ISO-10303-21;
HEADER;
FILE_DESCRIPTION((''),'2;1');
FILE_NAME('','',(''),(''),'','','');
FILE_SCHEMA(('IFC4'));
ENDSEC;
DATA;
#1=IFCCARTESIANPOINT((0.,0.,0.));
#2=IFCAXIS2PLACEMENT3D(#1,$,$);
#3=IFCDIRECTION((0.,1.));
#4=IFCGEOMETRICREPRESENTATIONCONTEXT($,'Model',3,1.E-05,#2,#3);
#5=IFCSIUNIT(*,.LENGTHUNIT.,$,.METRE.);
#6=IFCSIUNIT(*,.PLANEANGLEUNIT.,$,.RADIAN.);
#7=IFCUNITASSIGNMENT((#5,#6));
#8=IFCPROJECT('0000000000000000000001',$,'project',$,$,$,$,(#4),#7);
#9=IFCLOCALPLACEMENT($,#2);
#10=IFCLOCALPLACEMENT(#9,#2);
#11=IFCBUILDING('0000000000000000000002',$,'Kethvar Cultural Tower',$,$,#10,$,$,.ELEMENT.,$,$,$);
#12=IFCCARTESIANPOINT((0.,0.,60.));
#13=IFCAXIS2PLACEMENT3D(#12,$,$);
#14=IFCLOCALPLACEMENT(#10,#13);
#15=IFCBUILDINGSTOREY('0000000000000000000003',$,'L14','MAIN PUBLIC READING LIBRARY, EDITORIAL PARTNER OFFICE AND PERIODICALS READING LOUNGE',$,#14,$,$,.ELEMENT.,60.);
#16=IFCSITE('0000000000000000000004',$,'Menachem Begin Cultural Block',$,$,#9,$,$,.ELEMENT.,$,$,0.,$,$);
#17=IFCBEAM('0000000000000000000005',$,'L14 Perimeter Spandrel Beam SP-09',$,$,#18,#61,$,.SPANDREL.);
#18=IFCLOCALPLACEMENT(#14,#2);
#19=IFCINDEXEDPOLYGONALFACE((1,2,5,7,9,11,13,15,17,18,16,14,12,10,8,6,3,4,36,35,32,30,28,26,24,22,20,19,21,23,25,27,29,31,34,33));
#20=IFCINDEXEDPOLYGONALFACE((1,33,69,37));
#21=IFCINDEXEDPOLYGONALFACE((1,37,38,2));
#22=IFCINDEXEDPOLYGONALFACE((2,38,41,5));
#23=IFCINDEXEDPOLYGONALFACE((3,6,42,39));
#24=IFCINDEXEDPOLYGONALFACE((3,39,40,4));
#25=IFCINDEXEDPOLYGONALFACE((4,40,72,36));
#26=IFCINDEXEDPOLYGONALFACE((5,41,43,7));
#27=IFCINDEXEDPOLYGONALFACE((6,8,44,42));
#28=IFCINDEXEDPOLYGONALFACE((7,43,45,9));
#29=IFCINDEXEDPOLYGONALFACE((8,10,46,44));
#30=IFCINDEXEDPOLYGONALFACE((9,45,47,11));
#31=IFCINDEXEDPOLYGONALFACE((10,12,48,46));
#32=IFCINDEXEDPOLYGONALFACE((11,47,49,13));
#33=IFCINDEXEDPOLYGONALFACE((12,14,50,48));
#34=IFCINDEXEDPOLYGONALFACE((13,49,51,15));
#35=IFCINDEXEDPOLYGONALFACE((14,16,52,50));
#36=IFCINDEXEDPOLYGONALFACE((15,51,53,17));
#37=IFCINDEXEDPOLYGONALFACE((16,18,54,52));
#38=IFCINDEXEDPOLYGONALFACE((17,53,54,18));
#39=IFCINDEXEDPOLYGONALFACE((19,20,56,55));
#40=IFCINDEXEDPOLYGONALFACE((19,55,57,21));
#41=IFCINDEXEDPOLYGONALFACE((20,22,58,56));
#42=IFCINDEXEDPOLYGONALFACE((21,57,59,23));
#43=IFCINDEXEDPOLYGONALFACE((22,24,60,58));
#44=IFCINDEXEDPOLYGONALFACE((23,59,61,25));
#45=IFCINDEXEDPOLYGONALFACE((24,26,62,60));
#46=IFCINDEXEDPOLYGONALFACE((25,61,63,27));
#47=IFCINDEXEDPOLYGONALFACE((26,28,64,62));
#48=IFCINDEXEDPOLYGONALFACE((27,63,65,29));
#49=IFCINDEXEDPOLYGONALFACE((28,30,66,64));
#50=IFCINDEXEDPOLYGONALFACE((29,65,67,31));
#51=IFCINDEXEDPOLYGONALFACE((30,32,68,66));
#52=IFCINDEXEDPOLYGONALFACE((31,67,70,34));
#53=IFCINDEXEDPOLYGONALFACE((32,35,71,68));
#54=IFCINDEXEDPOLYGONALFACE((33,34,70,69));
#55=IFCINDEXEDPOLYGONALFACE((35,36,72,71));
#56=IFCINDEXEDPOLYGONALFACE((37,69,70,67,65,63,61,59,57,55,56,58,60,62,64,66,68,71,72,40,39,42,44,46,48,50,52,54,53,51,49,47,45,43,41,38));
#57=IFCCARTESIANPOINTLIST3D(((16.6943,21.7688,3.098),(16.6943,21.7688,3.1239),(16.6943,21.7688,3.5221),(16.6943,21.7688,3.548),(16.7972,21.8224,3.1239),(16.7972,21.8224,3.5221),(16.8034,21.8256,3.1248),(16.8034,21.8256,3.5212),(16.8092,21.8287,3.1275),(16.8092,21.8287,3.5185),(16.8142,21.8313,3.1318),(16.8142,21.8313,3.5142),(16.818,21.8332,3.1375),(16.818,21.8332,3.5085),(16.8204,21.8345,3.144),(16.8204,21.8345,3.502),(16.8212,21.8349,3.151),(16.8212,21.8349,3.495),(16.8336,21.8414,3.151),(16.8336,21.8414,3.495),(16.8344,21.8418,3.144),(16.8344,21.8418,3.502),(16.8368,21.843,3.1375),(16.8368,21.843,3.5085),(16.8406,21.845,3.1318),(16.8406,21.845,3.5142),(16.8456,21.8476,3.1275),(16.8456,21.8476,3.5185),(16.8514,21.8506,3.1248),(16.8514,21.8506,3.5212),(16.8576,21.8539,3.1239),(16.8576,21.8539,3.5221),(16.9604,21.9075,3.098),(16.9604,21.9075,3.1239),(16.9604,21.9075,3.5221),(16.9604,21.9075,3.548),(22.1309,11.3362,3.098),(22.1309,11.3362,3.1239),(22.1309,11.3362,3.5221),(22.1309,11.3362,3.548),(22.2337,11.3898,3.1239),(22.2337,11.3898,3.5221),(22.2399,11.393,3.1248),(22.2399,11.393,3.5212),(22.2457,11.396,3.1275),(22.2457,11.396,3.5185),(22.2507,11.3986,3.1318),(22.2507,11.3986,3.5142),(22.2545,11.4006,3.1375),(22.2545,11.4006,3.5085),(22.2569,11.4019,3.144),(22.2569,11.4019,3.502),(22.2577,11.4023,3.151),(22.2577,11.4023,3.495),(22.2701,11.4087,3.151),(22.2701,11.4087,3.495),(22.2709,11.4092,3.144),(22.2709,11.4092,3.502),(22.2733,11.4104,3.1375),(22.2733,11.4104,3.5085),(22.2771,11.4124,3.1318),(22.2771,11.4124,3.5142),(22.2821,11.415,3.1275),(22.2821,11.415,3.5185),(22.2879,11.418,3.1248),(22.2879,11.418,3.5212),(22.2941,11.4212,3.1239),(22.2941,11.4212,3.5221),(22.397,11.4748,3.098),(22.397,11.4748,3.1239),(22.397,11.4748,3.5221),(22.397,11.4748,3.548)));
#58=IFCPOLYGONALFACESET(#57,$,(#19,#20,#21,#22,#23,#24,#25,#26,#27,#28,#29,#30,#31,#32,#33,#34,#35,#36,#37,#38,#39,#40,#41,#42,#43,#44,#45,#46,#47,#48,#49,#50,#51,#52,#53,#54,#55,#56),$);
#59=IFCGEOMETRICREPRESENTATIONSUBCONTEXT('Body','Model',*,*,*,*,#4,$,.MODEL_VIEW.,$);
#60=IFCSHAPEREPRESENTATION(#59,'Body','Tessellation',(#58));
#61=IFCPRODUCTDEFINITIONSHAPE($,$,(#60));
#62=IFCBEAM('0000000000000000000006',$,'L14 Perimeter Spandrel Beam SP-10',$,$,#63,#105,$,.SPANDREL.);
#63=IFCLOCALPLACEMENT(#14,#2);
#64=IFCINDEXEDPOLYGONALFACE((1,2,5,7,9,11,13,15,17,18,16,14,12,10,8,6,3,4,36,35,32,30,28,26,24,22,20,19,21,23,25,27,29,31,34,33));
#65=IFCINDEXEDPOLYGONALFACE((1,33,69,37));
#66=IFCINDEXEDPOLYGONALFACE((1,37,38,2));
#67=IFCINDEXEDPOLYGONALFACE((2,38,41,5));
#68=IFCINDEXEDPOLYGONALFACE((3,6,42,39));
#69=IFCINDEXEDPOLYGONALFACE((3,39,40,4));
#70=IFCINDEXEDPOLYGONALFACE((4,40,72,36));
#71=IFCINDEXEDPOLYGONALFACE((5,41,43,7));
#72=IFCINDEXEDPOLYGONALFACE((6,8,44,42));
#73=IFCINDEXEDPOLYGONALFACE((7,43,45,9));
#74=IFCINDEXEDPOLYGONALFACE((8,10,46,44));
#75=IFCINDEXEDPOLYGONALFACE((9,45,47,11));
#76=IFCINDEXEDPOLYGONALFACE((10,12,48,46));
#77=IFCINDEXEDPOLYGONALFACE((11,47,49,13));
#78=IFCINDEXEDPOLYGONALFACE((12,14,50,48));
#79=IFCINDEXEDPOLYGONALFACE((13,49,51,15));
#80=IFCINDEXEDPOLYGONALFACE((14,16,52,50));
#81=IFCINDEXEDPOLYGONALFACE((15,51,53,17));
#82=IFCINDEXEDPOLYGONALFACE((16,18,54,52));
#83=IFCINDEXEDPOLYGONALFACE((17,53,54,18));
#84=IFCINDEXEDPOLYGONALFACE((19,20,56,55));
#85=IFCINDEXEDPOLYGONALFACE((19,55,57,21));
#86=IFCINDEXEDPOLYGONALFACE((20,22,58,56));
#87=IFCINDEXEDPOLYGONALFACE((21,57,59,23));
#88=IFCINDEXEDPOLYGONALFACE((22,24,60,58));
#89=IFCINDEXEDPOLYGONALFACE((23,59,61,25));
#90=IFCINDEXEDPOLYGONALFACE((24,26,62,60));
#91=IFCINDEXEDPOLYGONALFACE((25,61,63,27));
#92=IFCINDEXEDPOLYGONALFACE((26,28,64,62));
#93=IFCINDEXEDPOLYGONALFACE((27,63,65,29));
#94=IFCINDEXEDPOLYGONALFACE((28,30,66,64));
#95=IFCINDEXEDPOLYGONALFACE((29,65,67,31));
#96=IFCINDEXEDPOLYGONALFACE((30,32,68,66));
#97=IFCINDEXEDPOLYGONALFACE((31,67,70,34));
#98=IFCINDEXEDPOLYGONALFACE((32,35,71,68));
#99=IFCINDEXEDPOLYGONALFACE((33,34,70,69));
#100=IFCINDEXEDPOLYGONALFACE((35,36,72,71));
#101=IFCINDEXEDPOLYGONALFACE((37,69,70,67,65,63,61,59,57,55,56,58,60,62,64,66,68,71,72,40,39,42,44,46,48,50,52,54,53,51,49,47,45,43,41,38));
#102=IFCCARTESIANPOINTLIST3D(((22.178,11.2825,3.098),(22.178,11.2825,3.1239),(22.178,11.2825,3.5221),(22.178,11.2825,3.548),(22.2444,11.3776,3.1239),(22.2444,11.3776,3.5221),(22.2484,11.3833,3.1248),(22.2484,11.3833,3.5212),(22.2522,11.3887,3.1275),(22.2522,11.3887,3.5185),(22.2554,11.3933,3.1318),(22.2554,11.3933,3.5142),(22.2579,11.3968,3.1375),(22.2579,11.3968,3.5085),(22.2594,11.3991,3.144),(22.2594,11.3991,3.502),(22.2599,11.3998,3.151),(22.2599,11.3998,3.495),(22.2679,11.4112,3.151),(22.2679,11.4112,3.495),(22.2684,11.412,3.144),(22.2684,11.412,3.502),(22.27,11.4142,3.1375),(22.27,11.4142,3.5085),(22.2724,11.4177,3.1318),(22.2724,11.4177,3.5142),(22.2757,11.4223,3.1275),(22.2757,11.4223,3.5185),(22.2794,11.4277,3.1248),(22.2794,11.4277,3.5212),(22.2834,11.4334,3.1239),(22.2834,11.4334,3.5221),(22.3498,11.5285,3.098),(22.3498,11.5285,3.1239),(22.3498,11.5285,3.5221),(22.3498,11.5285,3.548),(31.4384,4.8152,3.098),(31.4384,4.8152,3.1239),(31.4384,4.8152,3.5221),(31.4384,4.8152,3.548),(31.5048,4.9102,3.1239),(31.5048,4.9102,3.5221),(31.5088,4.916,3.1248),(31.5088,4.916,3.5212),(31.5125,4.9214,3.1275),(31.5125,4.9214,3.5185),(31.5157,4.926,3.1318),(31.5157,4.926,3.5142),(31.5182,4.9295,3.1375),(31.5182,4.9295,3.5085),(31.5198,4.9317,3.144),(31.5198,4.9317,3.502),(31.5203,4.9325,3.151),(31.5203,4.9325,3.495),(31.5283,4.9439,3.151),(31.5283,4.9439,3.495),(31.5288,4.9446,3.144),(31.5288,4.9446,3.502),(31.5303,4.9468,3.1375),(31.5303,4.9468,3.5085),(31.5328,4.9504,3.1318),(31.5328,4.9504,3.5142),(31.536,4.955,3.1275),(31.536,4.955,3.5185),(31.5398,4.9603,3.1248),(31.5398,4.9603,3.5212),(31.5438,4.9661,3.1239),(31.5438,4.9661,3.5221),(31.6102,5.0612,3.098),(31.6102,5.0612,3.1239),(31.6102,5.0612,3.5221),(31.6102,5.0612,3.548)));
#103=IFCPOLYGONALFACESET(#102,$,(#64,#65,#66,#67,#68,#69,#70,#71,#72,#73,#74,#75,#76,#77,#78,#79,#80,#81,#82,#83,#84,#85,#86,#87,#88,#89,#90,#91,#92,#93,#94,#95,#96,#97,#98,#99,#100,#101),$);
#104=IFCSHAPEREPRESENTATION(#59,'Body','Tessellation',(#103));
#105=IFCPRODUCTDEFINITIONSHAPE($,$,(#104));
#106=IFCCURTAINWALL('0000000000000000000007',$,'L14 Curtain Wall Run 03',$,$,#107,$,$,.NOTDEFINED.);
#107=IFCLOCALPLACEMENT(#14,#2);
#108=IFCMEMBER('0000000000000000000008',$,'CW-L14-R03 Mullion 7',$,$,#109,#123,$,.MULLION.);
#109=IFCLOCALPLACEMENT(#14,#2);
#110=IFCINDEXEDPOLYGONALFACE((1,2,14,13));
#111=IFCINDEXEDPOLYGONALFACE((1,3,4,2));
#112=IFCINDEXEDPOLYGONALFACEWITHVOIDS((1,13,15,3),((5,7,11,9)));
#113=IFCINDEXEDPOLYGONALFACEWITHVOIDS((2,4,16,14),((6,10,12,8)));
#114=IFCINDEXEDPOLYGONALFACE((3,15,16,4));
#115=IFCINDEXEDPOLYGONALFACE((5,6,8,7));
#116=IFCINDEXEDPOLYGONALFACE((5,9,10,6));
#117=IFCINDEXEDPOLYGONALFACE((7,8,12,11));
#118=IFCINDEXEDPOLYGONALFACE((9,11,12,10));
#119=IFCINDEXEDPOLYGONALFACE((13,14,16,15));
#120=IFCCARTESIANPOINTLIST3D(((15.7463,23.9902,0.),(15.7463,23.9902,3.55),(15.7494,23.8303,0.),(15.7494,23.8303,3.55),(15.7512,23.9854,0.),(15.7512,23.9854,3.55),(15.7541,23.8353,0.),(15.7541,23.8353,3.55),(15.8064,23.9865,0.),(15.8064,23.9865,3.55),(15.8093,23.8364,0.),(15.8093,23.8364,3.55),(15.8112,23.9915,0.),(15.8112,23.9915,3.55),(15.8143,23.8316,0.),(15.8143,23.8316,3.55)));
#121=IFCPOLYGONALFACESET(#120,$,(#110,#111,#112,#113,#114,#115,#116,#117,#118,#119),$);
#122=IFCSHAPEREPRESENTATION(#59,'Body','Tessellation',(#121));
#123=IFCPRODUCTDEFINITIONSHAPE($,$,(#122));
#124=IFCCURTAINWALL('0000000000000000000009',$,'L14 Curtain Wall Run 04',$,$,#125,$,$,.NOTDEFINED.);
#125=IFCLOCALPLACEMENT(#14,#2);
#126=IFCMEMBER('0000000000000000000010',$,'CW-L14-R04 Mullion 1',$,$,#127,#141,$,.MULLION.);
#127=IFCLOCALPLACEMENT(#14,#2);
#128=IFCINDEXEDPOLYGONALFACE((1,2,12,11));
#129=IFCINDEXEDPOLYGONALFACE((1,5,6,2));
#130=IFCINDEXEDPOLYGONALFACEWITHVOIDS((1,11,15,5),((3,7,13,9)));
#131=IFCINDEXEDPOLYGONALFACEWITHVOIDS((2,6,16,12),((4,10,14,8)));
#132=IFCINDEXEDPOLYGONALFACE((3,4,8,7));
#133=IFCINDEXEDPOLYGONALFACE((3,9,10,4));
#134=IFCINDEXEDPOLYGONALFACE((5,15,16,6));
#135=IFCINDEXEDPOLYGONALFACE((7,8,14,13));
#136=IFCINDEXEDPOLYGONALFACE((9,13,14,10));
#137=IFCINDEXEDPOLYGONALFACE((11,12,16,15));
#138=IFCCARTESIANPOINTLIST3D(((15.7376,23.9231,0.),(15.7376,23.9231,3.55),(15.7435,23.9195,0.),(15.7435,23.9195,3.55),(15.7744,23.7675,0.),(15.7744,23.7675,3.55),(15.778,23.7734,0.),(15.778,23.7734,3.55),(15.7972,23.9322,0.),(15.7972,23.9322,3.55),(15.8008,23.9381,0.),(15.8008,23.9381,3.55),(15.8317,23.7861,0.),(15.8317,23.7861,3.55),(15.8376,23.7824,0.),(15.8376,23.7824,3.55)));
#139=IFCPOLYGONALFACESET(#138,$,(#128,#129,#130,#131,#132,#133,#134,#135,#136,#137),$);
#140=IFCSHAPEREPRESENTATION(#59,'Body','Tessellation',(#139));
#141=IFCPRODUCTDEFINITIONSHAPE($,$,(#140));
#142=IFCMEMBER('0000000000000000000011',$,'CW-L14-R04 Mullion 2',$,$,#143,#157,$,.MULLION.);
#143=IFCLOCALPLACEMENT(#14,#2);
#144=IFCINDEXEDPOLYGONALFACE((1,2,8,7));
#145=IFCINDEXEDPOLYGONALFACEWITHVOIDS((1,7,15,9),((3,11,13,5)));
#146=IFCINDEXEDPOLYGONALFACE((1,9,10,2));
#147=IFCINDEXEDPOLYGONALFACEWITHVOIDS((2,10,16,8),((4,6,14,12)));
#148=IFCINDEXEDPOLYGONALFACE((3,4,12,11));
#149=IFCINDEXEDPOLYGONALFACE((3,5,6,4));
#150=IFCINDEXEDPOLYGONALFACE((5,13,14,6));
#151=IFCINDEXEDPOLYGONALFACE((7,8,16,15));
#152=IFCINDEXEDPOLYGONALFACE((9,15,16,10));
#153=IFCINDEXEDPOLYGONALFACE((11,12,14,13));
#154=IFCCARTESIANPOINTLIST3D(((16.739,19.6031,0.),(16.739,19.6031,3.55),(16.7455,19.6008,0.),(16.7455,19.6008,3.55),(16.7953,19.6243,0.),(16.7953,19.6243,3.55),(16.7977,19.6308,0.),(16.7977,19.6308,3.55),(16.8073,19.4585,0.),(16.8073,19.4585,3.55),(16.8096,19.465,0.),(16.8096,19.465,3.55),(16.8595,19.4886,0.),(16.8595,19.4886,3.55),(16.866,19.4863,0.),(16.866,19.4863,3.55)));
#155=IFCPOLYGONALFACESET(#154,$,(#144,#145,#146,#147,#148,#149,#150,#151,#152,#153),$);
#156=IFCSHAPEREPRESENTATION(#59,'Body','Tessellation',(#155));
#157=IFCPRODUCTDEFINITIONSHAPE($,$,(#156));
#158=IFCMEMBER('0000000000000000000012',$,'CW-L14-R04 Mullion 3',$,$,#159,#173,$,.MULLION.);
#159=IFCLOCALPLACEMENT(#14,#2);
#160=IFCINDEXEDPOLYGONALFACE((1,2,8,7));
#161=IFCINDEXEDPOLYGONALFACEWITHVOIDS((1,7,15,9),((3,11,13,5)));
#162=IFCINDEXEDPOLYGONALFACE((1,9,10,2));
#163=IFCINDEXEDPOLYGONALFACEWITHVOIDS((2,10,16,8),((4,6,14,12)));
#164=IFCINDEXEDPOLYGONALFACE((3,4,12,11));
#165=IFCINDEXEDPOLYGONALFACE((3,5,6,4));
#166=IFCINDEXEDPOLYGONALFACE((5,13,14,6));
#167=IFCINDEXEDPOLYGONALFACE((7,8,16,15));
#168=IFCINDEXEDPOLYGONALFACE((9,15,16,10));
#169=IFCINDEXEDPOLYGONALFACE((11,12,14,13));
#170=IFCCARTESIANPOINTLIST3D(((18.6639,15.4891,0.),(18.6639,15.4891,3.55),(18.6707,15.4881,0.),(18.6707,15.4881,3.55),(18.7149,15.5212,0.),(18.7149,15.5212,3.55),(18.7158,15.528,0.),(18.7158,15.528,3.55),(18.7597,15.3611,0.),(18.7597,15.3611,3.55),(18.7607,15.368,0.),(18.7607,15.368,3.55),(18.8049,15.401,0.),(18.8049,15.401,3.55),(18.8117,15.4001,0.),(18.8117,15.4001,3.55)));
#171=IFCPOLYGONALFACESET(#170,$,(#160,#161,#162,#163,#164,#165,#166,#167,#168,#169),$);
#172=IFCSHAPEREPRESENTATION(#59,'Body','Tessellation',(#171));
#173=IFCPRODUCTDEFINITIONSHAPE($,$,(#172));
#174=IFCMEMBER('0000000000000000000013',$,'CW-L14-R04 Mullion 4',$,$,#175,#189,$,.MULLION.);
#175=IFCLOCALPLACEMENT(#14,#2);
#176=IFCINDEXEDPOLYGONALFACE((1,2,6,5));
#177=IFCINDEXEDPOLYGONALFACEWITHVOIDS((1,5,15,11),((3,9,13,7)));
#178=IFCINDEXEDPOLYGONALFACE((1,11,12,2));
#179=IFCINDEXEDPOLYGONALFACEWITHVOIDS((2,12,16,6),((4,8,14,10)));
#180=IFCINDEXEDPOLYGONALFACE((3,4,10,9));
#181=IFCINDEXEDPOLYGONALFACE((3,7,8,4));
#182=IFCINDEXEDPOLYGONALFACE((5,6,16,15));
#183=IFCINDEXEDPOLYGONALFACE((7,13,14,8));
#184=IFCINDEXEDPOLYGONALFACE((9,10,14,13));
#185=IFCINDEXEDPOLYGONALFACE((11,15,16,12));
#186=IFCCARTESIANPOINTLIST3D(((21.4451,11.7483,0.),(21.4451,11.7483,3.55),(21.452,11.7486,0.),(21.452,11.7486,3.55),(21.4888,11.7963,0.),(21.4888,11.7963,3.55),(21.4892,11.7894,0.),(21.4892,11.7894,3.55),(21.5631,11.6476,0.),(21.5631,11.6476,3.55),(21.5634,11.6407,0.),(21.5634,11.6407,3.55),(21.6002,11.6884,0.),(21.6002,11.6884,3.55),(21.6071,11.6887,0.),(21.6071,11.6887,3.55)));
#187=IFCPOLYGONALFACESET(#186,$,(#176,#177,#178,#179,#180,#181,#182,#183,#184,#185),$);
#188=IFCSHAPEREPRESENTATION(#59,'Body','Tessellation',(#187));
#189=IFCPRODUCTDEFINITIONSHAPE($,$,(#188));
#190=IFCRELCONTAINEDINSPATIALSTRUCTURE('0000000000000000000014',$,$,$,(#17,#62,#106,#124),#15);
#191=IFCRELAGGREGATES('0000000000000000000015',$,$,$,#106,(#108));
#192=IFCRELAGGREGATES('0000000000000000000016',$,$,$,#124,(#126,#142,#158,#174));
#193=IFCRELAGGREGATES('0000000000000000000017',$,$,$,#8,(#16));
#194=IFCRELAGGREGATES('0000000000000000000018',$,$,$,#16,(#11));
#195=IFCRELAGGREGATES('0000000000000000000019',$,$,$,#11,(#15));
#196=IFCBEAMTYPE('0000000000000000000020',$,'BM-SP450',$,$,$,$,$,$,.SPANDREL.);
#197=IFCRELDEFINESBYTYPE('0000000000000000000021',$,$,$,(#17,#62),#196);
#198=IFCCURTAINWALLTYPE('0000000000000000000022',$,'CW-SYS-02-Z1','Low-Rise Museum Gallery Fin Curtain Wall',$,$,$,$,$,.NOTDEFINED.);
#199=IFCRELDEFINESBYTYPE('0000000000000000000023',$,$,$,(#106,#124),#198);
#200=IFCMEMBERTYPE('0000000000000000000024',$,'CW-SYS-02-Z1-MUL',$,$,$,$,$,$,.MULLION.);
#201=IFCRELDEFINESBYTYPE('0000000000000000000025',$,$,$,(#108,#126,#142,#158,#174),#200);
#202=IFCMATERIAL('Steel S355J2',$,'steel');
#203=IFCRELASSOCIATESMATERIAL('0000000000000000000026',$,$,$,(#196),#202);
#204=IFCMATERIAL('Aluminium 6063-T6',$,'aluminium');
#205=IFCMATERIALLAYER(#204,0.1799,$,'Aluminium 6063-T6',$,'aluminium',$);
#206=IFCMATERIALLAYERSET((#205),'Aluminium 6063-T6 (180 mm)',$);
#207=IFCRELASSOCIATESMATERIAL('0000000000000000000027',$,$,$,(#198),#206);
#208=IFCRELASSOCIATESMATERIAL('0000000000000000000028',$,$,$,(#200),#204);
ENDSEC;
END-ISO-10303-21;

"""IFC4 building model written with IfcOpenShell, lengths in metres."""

from ifc_helpers import new_model, si_unit, direction, frame, origin, origin_2d, place, context, subcontext, project, spatial, hollow_rectangle, i_section, extrude, source, transform, mapped, material, layer, layer_set, material_profile, profile_set, type_object, element, aggregate, save


model = new_model("IFC4")

# Units and contexts
model_context = context("Model", 3, precision=1e-05, world=origin(), true_north=direction((0.0, 1.0)))
body_context = subcontext(model_context, "Body", "Model", "MODEL_VIEW")
ifc_project = project(units=[si_unit("LENGTHUNIT", "METRE"), si_unit("PLANEANGLEUNIT", "RADIAN")], contexts=[model_context])

# Site, building, storey
site_placement = place(None, origin())
site = spatial("IfcSite", under=ifc_project, at=site_placement, Name="Menachem Begin Cultural Block", CompositionType="ELEMENT", RefElevation=0.0)
building_placement = place(site_placement, origin())
building = spatial("IfcBuilding", under=site, at=building_placement, Name="Kethvar Cultural Tower", CompositionType="ELEMENT")
storey_placement = place(building_placement, frame((0.0, 0.0, 60.0)))
storey = spatial("IfcBuildingStorey", under=building, at=storey_placement, Name="L14", Description="MAIN PUBLIC READING LIBRARY, EDITORIAL PARTNER OFFICE AND PERIODICALS READING LOUNGE", CompositionType="ELEMENT", Elevation=60.0)

# Beams
ifc_material_1 = material(Name="Steel S355J2", Category="steel")
ifc_material_profile_1 = material_profile(ifc_material_1, i_section(OverallWidth=0.3, OverallDepth=0.45, WebThickness=0.0139, FlangeThickness=0.0259, FilletRadius=0.0271, at=origin_2d()), Name="Steel S355J2 — HEB450")
ifc_profile_set_1 = profile_set([ifc_material_profile_1], Name="Steel S355J2 — HEB450")
beam_type_1 = type_object("IfcBeamType", Name="BM-SP450", PredefinedType="SPANDREL", material=ifc_profile_set_1)
shared_shape_1 = source(origin(), body_context, "Body", "SweptSolid", [
    extrude(i_section(OverallWidth=0.3, OverallDepth=0.45, WebThickness=0.0139, FlangeThickness=0.0259, FilletRadius=0.0271, at=origin_2d()), origin(), (0.0, 0.0, 1.0), 11.7642),
])
beam_1_placement = place(storey_placement, frame((16.8274, 21.8381, 3.323), z_axis=(0.462126, -0.886814, 0.0), x_axis=(0.886814, 0.462126, 0.0)))
element("IfcBeam", 1, at=beam_1_placement, inside=storey, type_object=beam_type_1, Name="L14 Perimeter Spandrel Beam SP-09", PredefinedType="SPANDREL", context=body_context, shape_type="MappedRepresentation", body=[
    mapped(shared_shape_1, transform((0.0, 0.0, 0.0), scale=1.0)),
])
shared_shape_2 = source(origin(), body_context, "Body", "SweptSolid", [
    extrude(i_section(OverallWidth=0.3, OverallDepth=0.45, WebThickness=0.0139, FlangeThickness=0.0259, FilletRadius=0.0271, at=origin_2d()), origin(), (0.0, 0.0, 1.0), 11.2952),
])
beam_2_placement = place(storey_placement, frame((22.2639, 11.4055, 3.323), z_axis=(0.819851, -0.572577, 0.0), x_axis=(0.572577, 0.819851, 0.0)))
element("IfcBeam", 2, at=beam_2_placement, inside=storey, type_object=beam_type_1, Name="L14 Perimeter Spandrel Beam SP-10", PredefinedType="SPANDREL", context=body_context, shape_type="MappedRepresentation", body=[
    mapped(shared_shape_2, transform((0.0, 0.0, 0.0), scale=1.0)),
])

# Curtain wall, member
ifc_material_2 = material(Name="Aluminium 6063-T6", Category="aluminium")
ifc_layer_1 = layer(ifc_material_2, 0.1799, Name="Aluminium 6063-T6", Category="aluminium")
ifc_layer_set_1 = layer_set([ifc_layer_1], Name="Aluminium 6063-T6 (180 mm)")
curtain_wall_type = type_object("IfcCurtainWallType", Name="CW-SYS-02-Z1", Description="Low-Rise Museum Gallery Fin Curtain Wall", PredefinedType="NOTDEFINED", material=ifc_layer_set_1)
curtain_wall_1_placement = place(storey_placement, origin())
curtain_wall_1 = element("IfcCurtainWall", 3, at=curtain_wall_1_placement, inside=storey, type_object=curtain_wall_type, Name="L14 Curtain Wall Run 03", PredefinedType="NOTDEFINED")
ifc_material_profile_2 = material_profile(ifc_material_2, hollow_rectangle(XDim=0.0649, YDim=0.1599, WallThickness=0.0049, at=origin_2d()), Name="Aluminium 6063-T6 — RHS160x65x5")
ifc_profile_set_2 = profile_set([ifc_material_profile_2], Name="Aluminium 6063-T6 — RHS160x65x5")
member_type_1 = type_object("IfcMemberType", Name="CW-SYS-02-Z1-MUL", PredefinedType="MULLION", material=ifc_profile_set_2)
shared_shape_3 = source(origin(), body_context, "Body", "SweptSolid", [
    extrude(hollow_rectangle(XDim=0.0649, YDim=0.1599, WallThickness=0.0049, at=origin_2d()), origin(), (0.0, 0.0, 1.0), 3.55),
])
member_1_placement = place(storey_placement, frame((15.7803, 23.9109, 0.0), z_axis=(0.0, 0.0, 1.0), x_axis=(0.999813, 0.019337, 0.0)))
member_1 = element("IfcMember", 4, at=member_1_placement, type_object=member_type_1, Name="CW-L14-R03 Mullion 7", PredefinedType="MULLION", context=body_context, shape_type="MappedRepresentation", body=[
    mapped(shared_shape_3, transform((0.0, 0.0, 0.0), scale=1.0)),
])
aggregate(curtain_wall_1, [member_1])

# Curtain wall, members
curtain_wall_2_placement = place(storey_placement, origin())
curtain_wall_2 = element("IfcCurtainWall", 5, at=curtain_wall_2_placement, inside=storey, type_object=curtain_wall_type, Name="L14 Curtain Wall Run 04", PredefinedType="NOTDEFINED")
member_2_placement = place(storey_placement, frame((15.7876, 23.8528, 0.0), z_axis=(0.0, 0.0, 1.0), x_axis=(0.973211, 0.229914, 0.0)))
member_2 = element("IfcMember", 6, at=member_2_placement, type_object=member_type_1, Name="CW-L14-R04 Mullion 1", PredefinedType="MULLION", context=body_context, shape_type="MappedRepresentation", body=[
    mapped(shared_shape_3, transform((0.0, 0.0, 0.0), scale=1.0)),
])
member_3_placement = place(storey_placement, frame((16.8025, 19.5447, 0.0), z_axis=(0.0, 0.0, 1.0), x_axis=(0.904083, 0.427358, 0.0)))
member_3 = element("IfcMember", 7, at=member_3_placement, type_object=member_type_1, Name="CW-L14-R04 Mullion 2", PredefinedType="MULLION", context=body_context, shape_type="MappedRepresentation", body=[
    mapped(shared_shape_3, transform((0.0, 0.0, 0.0), scale=1.0)),
])
member_4_placement = place(storey_placement, frame((18.7378, 15.4446, 0.0), z_axis=(0.0, 0.0, 1.0), x_axis=(0.800386, 0.599485, 0.0)))
member_4 = element("IfcMember", 8, at=member_4_placement, type_object=member_type_1, Name="CW-L14-R04 Mullion 3", PredefinedType="MULLION", context=body_context, shape_type="MappedRepresentation", body=[
    mapped(shared_shape_3, transform((0.0, 0.0, 0.0), scale=1.0)),
])
member_5_placement = place(storey_placement, frame((21.5261, 11.7185, 0.0), z_axis=(0.0, 0.0, 1.0), x_axis=(0.672987, 0.739655, 0.0)))
member_5 = element("IfcMember", 9, at=member_5_placement, type_object=member_type_1, Name="CW-L14-R04 Mullion 4", PredefinedType="MULLION", context=body_context, shape_type="MappedRepresentation", body=[
    mapped(shared_shape_3, transform((0.0, 0.0, 0.0), scale=1.0)),
])
aggregate(curtain_wall_2, [member_2, member_3, member_4, member_5])

save(model, "model.ifc")
